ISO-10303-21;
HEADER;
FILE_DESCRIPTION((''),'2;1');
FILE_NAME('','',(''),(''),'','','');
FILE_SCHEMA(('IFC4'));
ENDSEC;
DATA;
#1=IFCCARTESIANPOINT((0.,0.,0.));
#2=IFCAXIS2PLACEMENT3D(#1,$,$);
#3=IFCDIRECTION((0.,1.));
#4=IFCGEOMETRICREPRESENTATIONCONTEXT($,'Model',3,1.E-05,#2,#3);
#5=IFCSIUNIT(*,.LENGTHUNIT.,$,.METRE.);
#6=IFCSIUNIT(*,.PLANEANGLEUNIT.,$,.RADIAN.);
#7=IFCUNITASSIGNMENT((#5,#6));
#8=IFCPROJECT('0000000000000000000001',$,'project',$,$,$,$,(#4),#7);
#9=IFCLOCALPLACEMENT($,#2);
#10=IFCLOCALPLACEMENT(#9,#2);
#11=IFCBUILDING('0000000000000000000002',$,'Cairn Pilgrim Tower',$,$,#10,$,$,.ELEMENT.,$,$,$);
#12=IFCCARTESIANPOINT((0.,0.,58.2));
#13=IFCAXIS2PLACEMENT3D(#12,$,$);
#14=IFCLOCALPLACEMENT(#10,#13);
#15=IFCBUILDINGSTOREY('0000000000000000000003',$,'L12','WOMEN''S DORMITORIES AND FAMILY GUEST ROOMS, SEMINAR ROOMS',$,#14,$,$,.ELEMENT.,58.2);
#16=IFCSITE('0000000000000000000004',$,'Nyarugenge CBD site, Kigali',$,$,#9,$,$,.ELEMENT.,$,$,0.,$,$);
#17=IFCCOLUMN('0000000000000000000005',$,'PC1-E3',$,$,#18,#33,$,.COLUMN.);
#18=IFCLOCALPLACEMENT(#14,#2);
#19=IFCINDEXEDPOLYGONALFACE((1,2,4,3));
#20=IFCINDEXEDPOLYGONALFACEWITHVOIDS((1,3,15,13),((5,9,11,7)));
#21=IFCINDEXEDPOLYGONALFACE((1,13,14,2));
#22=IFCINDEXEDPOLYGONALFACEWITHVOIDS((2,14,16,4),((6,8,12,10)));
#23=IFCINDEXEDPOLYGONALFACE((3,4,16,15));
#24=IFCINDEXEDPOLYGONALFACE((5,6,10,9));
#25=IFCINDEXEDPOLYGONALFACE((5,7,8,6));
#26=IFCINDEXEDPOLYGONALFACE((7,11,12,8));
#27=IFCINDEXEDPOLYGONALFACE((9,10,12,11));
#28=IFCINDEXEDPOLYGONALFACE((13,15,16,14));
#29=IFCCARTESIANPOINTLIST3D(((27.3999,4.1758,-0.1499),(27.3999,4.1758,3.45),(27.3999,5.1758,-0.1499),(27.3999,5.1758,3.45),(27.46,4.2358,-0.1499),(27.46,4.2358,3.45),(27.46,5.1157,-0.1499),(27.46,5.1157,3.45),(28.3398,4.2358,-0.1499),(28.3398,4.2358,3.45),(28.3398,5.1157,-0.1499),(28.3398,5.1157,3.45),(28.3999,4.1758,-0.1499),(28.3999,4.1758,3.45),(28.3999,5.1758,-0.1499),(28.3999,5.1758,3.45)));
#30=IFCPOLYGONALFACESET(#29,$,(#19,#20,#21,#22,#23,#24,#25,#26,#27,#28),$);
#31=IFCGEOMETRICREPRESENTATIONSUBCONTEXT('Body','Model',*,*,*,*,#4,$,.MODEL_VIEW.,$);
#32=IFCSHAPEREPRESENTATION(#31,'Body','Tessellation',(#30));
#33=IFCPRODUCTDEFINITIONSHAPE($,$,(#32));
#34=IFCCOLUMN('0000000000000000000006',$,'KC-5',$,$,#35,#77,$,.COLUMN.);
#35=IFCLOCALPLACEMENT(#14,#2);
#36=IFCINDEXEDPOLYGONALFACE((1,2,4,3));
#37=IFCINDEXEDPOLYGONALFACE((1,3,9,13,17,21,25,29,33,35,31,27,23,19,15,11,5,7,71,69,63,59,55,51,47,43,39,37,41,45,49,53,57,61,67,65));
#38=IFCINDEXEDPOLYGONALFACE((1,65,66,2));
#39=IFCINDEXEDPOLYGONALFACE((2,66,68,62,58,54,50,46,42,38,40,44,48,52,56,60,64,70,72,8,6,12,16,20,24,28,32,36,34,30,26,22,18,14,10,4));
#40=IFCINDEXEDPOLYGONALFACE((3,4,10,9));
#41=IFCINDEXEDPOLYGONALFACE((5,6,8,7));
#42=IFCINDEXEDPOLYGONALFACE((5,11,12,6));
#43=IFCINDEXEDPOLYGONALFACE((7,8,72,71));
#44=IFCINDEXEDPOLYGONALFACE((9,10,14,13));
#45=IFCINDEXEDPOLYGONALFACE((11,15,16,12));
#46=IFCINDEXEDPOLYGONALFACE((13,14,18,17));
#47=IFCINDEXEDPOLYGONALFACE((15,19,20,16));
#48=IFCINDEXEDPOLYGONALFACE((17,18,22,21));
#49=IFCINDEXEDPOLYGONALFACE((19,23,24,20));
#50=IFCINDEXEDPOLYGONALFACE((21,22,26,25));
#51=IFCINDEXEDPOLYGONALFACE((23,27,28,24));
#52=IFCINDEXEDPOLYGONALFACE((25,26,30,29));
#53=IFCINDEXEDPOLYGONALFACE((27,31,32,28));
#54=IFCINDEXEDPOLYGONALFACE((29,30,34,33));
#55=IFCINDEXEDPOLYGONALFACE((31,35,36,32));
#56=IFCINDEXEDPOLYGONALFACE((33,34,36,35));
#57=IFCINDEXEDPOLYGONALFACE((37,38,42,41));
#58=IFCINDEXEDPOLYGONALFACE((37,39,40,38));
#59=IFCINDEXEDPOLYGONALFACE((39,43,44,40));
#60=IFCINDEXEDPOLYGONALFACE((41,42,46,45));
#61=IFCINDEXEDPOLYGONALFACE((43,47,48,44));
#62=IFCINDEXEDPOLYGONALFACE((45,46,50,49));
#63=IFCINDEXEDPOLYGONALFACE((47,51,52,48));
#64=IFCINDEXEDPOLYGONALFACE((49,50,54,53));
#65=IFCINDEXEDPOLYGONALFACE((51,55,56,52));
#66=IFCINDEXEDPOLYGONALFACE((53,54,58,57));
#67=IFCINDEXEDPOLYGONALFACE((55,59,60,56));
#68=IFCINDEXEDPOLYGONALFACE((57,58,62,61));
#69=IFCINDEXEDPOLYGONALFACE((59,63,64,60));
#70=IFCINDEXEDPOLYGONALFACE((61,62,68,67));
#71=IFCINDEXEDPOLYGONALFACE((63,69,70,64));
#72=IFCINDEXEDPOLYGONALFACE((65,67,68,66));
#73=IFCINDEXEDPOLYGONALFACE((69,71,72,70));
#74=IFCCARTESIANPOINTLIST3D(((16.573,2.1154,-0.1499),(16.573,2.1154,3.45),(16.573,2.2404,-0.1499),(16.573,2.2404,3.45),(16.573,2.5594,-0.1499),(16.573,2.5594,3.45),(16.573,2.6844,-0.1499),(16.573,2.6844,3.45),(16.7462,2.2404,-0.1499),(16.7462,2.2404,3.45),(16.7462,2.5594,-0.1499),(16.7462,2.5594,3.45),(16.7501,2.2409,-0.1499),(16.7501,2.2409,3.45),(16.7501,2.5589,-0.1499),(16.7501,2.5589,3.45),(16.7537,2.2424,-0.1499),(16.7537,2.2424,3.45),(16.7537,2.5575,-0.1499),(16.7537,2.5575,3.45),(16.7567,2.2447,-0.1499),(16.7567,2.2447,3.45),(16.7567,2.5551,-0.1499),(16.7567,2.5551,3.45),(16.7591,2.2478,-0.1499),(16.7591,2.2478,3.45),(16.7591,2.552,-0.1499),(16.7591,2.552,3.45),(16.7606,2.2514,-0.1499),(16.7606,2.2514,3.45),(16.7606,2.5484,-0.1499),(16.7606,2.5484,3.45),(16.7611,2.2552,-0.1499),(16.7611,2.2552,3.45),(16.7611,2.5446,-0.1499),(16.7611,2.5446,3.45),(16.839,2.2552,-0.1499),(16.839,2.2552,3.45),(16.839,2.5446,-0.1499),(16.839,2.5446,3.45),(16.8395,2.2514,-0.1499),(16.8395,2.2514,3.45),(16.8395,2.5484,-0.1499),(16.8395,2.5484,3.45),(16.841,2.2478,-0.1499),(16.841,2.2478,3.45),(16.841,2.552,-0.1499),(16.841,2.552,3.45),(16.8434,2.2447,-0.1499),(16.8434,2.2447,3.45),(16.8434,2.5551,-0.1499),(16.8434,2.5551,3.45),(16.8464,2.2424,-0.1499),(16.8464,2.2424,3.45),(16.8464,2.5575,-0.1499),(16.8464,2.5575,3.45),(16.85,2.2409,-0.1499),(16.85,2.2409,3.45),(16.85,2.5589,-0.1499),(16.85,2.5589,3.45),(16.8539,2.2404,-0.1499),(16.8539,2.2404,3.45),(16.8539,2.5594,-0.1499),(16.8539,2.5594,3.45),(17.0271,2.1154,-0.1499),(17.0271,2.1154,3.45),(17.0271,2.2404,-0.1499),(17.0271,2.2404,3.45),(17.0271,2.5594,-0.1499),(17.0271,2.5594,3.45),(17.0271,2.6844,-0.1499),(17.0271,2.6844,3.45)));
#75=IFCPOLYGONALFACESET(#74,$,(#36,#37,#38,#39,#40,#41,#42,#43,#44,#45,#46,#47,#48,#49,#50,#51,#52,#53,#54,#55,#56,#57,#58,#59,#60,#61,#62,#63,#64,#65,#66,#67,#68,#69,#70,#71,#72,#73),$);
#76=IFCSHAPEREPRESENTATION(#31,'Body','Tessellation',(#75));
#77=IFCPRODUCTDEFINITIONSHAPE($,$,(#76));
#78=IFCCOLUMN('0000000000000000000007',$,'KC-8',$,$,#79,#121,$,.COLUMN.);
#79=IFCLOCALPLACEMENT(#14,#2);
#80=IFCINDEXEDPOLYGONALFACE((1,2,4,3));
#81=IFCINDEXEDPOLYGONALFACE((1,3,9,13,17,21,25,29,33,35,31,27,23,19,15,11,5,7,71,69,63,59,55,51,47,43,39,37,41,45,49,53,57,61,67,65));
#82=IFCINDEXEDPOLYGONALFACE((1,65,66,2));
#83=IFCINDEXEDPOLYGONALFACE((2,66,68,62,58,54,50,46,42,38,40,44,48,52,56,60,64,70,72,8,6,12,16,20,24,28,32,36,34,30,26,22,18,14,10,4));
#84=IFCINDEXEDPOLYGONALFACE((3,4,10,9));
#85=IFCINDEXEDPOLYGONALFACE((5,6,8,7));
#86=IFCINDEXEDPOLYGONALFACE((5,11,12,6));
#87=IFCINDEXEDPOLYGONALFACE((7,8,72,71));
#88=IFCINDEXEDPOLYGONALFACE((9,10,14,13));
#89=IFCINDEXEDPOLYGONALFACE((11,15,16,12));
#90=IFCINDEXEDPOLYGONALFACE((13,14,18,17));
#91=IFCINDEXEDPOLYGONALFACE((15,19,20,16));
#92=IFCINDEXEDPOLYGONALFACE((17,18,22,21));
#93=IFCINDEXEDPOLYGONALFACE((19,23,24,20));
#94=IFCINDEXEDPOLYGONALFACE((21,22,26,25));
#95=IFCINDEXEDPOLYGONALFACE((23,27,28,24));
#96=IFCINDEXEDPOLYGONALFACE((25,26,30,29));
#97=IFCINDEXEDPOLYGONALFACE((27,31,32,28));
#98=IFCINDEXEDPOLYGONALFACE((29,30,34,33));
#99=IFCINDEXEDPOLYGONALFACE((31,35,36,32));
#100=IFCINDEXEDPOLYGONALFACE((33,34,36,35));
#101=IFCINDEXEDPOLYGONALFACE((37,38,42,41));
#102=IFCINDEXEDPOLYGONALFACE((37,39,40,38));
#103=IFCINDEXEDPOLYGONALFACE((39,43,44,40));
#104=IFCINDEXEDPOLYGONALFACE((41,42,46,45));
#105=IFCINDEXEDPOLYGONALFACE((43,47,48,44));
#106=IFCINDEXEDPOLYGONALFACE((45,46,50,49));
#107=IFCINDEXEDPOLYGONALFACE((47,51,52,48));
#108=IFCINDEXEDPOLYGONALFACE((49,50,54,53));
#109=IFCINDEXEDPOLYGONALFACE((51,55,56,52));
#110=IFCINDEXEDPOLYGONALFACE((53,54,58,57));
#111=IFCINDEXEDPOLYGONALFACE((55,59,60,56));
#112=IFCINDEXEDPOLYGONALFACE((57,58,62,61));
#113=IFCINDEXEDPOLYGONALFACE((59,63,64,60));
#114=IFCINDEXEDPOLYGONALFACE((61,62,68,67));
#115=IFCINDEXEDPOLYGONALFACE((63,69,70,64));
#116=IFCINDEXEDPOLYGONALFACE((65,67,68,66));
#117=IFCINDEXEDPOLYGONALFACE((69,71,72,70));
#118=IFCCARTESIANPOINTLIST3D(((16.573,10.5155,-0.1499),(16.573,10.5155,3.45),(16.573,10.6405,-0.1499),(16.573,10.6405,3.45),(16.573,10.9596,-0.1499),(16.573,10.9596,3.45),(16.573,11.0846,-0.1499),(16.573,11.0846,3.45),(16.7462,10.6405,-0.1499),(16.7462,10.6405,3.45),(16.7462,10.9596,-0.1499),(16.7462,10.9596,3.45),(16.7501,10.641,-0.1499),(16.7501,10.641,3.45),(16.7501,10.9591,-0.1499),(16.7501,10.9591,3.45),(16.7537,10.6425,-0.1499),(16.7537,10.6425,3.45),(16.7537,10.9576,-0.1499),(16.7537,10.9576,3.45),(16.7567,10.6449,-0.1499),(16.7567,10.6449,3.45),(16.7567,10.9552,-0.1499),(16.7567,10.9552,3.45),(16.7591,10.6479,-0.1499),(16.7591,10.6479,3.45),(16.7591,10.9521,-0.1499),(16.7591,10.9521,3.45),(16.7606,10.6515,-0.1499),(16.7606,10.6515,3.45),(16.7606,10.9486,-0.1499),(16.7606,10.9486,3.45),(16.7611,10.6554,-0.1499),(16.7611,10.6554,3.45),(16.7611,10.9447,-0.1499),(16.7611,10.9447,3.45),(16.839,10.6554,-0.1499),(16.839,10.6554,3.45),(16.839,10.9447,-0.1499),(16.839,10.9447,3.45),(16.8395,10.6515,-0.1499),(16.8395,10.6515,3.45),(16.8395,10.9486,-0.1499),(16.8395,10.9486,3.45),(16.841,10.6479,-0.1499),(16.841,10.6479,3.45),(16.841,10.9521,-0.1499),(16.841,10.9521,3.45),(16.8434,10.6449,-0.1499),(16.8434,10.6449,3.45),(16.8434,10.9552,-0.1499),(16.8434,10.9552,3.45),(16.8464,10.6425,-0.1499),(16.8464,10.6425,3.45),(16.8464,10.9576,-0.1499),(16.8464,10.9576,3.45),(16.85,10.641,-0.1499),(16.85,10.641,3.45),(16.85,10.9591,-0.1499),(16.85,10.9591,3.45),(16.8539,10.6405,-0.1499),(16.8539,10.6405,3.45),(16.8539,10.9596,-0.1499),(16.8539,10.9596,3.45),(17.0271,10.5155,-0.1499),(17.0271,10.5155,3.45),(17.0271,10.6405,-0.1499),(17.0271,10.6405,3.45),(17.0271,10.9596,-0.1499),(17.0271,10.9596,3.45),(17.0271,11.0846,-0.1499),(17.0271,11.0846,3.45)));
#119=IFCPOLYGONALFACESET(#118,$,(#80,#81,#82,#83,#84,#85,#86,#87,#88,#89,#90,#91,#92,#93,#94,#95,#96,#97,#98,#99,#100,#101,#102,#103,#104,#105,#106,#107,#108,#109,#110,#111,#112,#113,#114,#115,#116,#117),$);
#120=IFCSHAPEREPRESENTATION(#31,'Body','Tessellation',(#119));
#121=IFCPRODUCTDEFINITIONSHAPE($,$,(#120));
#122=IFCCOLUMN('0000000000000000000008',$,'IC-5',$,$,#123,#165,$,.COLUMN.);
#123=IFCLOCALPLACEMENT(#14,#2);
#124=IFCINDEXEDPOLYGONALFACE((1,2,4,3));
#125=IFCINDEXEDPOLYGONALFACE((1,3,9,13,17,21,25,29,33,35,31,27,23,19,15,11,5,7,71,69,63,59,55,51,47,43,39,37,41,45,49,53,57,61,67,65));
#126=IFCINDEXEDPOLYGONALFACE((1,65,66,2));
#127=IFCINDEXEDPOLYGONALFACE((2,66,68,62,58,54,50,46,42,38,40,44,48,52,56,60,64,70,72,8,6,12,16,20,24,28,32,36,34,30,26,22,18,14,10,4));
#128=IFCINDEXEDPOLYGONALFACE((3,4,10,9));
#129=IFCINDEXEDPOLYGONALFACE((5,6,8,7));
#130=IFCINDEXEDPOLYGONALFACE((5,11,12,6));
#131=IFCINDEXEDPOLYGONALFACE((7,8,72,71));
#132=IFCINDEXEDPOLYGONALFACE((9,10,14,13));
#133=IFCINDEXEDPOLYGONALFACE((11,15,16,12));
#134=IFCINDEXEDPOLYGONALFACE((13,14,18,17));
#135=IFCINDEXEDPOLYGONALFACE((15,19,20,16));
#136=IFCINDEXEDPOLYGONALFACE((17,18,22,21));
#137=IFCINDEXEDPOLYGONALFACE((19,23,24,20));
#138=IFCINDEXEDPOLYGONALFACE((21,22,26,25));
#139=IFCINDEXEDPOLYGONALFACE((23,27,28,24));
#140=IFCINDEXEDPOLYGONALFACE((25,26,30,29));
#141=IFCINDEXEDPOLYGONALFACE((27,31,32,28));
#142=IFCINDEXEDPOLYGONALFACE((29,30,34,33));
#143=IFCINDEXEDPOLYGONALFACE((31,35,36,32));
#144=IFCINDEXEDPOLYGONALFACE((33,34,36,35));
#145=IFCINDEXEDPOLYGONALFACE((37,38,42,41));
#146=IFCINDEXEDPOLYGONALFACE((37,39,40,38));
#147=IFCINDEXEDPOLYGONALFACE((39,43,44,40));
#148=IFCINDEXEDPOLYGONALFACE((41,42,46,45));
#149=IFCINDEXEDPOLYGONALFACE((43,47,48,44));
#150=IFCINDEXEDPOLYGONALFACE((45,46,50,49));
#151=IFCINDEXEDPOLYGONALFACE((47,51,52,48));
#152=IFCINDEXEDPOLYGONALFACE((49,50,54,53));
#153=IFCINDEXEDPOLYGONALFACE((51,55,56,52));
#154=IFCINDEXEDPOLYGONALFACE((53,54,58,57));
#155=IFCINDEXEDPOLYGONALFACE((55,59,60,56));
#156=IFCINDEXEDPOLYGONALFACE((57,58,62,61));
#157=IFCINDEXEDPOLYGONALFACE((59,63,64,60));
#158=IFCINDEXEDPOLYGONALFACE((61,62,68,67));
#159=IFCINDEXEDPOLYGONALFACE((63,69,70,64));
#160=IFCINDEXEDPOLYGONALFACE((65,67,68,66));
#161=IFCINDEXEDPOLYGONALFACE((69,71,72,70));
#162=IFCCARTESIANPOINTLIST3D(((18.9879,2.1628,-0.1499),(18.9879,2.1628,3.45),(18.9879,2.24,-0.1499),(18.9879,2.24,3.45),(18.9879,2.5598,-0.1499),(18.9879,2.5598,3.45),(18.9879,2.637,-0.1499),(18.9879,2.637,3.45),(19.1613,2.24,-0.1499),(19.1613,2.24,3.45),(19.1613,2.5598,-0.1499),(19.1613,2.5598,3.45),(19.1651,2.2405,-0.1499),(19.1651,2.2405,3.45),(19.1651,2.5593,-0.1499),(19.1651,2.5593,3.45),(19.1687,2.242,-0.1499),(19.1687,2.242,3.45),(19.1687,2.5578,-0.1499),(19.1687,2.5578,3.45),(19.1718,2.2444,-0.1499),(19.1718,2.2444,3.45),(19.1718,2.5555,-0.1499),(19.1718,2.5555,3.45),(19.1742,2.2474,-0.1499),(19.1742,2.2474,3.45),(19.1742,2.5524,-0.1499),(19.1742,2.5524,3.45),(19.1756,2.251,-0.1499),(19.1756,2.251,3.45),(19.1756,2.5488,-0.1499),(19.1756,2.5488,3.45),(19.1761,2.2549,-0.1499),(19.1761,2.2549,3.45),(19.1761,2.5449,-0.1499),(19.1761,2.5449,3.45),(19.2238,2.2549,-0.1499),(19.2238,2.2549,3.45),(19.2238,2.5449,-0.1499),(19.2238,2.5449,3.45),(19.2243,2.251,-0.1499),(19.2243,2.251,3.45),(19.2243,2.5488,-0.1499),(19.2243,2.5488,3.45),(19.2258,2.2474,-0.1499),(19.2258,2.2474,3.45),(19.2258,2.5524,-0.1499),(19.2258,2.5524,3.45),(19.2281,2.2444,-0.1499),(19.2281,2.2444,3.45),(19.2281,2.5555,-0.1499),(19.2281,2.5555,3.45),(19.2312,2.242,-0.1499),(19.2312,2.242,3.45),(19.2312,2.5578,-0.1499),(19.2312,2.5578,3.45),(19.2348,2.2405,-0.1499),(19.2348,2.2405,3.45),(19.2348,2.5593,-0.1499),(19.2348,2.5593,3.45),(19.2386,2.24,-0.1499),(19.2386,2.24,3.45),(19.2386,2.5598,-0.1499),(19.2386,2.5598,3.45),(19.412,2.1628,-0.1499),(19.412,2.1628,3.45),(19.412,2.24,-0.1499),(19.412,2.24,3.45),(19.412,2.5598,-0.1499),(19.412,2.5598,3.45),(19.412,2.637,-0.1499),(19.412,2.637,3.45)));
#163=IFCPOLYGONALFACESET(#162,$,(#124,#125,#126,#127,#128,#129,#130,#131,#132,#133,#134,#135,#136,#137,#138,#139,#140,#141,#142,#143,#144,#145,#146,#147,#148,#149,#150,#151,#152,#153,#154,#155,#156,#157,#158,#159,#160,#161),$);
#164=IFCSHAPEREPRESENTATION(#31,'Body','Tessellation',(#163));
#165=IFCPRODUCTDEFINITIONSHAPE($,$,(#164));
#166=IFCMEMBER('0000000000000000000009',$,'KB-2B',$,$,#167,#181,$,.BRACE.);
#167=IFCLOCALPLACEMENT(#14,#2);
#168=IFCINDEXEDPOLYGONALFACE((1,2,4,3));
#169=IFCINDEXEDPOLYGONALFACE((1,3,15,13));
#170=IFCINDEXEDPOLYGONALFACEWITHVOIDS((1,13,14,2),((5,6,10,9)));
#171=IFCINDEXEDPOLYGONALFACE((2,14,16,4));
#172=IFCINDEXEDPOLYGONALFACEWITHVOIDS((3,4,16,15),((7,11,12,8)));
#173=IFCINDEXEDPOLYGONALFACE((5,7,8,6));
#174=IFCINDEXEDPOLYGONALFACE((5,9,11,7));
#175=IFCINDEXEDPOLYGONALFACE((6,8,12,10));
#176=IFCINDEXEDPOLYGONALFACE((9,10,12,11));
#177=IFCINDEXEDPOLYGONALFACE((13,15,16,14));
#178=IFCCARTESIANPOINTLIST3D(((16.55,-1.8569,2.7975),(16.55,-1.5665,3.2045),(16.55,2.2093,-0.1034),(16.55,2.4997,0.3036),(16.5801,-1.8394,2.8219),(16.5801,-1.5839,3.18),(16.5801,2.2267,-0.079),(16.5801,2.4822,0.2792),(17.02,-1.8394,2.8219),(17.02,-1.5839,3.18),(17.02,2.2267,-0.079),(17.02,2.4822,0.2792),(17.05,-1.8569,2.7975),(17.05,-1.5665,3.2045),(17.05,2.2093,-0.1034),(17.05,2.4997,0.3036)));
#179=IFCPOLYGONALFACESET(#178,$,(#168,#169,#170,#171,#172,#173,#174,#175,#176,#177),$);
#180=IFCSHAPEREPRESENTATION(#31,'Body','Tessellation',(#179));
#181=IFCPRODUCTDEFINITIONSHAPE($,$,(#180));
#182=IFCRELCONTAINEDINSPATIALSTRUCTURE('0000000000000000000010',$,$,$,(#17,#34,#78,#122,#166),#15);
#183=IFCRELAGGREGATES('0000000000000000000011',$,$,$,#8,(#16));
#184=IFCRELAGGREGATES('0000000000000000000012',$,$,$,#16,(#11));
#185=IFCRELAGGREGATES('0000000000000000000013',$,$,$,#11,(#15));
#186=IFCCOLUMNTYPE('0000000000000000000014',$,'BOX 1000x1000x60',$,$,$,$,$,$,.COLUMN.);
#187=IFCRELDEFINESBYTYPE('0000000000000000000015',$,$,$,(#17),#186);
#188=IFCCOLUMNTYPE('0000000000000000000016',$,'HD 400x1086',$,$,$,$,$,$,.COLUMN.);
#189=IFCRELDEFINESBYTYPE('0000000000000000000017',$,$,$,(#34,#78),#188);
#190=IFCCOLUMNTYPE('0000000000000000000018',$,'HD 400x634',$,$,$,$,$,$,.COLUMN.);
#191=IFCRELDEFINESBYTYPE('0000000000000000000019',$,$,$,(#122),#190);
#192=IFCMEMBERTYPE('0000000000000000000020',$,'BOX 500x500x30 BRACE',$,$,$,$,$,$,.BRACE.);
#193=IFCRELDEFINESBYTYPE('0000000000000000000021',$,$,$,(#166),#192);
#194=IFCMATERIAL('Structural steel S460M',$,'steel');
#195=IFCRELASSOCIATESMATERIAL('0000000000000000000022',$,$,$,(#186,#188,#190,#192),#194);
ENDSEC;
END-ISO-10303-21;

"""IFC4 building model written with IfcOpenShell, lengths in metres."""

from ifc_helpers import new_model, si_unit, direction, frame, origin, origin_2d, place, context, subcontext, project, spatial, hollow_rectangle, i_section, extrude, material, material_profile, profile_set, type_object, element, save


model = new_model("IFC4")

# Units and contexts
model_context = context("Model", 3, precision=1e-05, world=origin(), true_north=direction((0.0, 1.0)))
body_context = subcontext(model_context, "Body", "Model", "MODEL_VIEW")
ifc_project = project(units=[si_unit("LENGTHUNIT", "METRE"), si_unit("PLANEANGLEUNIT", "RADIAN")], contexts=[model_context])

# Site, building, storey
site_placement = place(None, origin())
site = spatial("IfcSite", under=ifc_project, at=site_placement, Name="Nyarugenge CBD site, Kigali", CompositionType="ELEMENT", RefElevation=0.0)
building_placement = place(site_placement, origin())
building = spatial("IfcBuilding", under=site, at=building_placement, Name="Cairn Pilgrim Tower", CompositionType="ELEMENT")
storey_placement = place(building_placement, frame((0.0, 0.0, 58.2)))
storey = spatial("IfcBuildingStorey", under=building, at=storey_placement, Name="L12", Description="WOMEN'S DORMITORIES AND FAMILY GUEST ROOMS, SEMINAR ROOMS", CompositionType="ELEMENT", Elevation=58.2)

# Columns
ifc_material_1 = material(Name="Structural steel S460M", Category="steel")
ifc_material_profile_1 = material_profile(ifc_material_1, hollow_rectangle(XDim=1.0, YDim=1.0, WallThickness=0.0601, at=origin_2d()), Name="BOX 1000x1000x60")
ifc_profile_set_1 = profile_set([ifc_material_profile_1], Name="Structural steel S460M")
column_type_1 = type_object("IfcColumnType", Name="BOX 1000x1000x60", PredefinedType="COLUMN", material=ifc_profile_set_1)
column_1_placement = place(storey_placement, frame((27.8999, 4.6758, -0.1499), z_axis=(0.0, 0.0, 1.0), x_axis=(1.0, 0.0, 0.0)))
element("IfcColumn", 1, at=column_1_placement, inside=storey, type_object=column_type_1, Name="PC1-E3", PredefinedType="COLUMN", context=body_context, shape_type="SweptSolid", body=[
    extrude(hollow_rectangle(XDim=1.0, YDim=1.0, WallThickness=0.0601, at=origin_2d()), origin(), (0.0, 0.0, 1.0), 3.5999),
])
ifc_material_profile_2 = material_profile(ifc_material_1, i_section(OverallWidth=0.4541, OverallDepth=0.5691, WebThickness=0.0779, FlangeThickness=0.125, FilletRadius=0.0149, at=origin_2d()), Name="HD 400x1086")
ifc_profile_set_2 = profile_set([ifc_material_profile_2], Name="Structural steel S460M")
column_type_2 = type_object("IfcColumnType", Name="HD 400x1086", PredefinedType="COLUMN", material=ifc_profile_set_2)
for number, where, z_axis, x_axis, name in (
    (2, (16.8, 2.3999, -0.1499), (0.0, 0.0, 1.0), (1.0, 0.0, 0.0), "KC-5"),
    (3, (16.8, 10.8, -0.1499), (0.0, 0.0, 1.0), (1.0, 0.0, 0.0), "KC-8"),
):
    element("IfcColumn", number, at=place(storey_placement, frame(where, z_axis=z_axis, x_axis=x_axis)), inside=storey, type_object=column_type_2, Name=name, PredefinedType="COLUMN", context=body_context, shape_type="SweptSolid", body=[
        extrude(i_section(OverallWidth=0.4541, OverallDepth=0.5691, WebThickness=0.0779, FlangeThickness=0.125, FilletRadius=0.0149, at=origin_2d()), origin(), (0.0, 0.0, 1.0), 3.5999),
    ])
ifc_material_profile_3 = material_profile(ifc_material_1, i_section(OverallWidth=0.4241, OverallDepth=0.4741, WebThickness=0.0476, FlangeThickness=0.0771, FilletRadius=0.0149, at=origin_2d()), Name="HD 400x634")
ifc_profile_set_3 = profile_set([ifc_material_profile_3], Name="Structural steel S460M")
column_type_3 = type_object("IfcColumnType", Name="HD 400x634", PredefinedType="COLUMN", material=ifc_profile_set_3)
column_2_placement = place(storey_placement, frame((19.2, 2.3999, -0.1499), z_axis=(0.0, 0.0, 1.0), x_axis=(1.0, 0.0, 0.0)))
element("IfcColumn", 4, at=column_2_placement, inside=storey, type_object=column_type_3, Name="IC-5", PredefinedType="COLUMN", context=body_context, shape_type="SweptSolid", body=[
    extrude(i_section(OverallWidth=0.4241, OverallDepth=0.4741, WebThickness=0.0476, FlangeThickness=0.0771, FilletRadius=0.0149, at=origin_2d()), origin(), (0.0, 0.0, 1.0), 3.5999),
])

# Member
ifc_material_profile_4 = material_profile(ifc_material_1, hollow_rectangle(XDim=0.5, YDim=0.5, WallThickness=0.03, at=origin_2d()), Name="BOX 500x500x30")
ifc_profile_set_4 = profile_set([ifc_material_profile_4], Name="Structural steel S460M")
member_type_1 = type_object("IfcMemberType", Name="BOX 500x500x30 BRACE", PredefinedType="BRACE", material=ifc_profile_set_4)
member_1_placement = place(storey_placement, frame((16.8, 2.3545, 0.1001), z_axis=(0.0, -0.814067, 0.580771), x_axis=(1.0, 0.0, 0.0)))
element("IfcMember", 5, at=member_1_placement, inside=storey, type_object=member_type_1, Name="KB-2B", PredefinedType="BRACE", context=body_context, shape_type="SweptSolid", body=[
    extrude(hollow_rectangle(XDim=0.5, YDim=0.5, WallThickness=0.03, at=origin_2d()), origin(), (0.0, 0.0, 1.0), 4.9949),
])

save(model, "model.ifc")
